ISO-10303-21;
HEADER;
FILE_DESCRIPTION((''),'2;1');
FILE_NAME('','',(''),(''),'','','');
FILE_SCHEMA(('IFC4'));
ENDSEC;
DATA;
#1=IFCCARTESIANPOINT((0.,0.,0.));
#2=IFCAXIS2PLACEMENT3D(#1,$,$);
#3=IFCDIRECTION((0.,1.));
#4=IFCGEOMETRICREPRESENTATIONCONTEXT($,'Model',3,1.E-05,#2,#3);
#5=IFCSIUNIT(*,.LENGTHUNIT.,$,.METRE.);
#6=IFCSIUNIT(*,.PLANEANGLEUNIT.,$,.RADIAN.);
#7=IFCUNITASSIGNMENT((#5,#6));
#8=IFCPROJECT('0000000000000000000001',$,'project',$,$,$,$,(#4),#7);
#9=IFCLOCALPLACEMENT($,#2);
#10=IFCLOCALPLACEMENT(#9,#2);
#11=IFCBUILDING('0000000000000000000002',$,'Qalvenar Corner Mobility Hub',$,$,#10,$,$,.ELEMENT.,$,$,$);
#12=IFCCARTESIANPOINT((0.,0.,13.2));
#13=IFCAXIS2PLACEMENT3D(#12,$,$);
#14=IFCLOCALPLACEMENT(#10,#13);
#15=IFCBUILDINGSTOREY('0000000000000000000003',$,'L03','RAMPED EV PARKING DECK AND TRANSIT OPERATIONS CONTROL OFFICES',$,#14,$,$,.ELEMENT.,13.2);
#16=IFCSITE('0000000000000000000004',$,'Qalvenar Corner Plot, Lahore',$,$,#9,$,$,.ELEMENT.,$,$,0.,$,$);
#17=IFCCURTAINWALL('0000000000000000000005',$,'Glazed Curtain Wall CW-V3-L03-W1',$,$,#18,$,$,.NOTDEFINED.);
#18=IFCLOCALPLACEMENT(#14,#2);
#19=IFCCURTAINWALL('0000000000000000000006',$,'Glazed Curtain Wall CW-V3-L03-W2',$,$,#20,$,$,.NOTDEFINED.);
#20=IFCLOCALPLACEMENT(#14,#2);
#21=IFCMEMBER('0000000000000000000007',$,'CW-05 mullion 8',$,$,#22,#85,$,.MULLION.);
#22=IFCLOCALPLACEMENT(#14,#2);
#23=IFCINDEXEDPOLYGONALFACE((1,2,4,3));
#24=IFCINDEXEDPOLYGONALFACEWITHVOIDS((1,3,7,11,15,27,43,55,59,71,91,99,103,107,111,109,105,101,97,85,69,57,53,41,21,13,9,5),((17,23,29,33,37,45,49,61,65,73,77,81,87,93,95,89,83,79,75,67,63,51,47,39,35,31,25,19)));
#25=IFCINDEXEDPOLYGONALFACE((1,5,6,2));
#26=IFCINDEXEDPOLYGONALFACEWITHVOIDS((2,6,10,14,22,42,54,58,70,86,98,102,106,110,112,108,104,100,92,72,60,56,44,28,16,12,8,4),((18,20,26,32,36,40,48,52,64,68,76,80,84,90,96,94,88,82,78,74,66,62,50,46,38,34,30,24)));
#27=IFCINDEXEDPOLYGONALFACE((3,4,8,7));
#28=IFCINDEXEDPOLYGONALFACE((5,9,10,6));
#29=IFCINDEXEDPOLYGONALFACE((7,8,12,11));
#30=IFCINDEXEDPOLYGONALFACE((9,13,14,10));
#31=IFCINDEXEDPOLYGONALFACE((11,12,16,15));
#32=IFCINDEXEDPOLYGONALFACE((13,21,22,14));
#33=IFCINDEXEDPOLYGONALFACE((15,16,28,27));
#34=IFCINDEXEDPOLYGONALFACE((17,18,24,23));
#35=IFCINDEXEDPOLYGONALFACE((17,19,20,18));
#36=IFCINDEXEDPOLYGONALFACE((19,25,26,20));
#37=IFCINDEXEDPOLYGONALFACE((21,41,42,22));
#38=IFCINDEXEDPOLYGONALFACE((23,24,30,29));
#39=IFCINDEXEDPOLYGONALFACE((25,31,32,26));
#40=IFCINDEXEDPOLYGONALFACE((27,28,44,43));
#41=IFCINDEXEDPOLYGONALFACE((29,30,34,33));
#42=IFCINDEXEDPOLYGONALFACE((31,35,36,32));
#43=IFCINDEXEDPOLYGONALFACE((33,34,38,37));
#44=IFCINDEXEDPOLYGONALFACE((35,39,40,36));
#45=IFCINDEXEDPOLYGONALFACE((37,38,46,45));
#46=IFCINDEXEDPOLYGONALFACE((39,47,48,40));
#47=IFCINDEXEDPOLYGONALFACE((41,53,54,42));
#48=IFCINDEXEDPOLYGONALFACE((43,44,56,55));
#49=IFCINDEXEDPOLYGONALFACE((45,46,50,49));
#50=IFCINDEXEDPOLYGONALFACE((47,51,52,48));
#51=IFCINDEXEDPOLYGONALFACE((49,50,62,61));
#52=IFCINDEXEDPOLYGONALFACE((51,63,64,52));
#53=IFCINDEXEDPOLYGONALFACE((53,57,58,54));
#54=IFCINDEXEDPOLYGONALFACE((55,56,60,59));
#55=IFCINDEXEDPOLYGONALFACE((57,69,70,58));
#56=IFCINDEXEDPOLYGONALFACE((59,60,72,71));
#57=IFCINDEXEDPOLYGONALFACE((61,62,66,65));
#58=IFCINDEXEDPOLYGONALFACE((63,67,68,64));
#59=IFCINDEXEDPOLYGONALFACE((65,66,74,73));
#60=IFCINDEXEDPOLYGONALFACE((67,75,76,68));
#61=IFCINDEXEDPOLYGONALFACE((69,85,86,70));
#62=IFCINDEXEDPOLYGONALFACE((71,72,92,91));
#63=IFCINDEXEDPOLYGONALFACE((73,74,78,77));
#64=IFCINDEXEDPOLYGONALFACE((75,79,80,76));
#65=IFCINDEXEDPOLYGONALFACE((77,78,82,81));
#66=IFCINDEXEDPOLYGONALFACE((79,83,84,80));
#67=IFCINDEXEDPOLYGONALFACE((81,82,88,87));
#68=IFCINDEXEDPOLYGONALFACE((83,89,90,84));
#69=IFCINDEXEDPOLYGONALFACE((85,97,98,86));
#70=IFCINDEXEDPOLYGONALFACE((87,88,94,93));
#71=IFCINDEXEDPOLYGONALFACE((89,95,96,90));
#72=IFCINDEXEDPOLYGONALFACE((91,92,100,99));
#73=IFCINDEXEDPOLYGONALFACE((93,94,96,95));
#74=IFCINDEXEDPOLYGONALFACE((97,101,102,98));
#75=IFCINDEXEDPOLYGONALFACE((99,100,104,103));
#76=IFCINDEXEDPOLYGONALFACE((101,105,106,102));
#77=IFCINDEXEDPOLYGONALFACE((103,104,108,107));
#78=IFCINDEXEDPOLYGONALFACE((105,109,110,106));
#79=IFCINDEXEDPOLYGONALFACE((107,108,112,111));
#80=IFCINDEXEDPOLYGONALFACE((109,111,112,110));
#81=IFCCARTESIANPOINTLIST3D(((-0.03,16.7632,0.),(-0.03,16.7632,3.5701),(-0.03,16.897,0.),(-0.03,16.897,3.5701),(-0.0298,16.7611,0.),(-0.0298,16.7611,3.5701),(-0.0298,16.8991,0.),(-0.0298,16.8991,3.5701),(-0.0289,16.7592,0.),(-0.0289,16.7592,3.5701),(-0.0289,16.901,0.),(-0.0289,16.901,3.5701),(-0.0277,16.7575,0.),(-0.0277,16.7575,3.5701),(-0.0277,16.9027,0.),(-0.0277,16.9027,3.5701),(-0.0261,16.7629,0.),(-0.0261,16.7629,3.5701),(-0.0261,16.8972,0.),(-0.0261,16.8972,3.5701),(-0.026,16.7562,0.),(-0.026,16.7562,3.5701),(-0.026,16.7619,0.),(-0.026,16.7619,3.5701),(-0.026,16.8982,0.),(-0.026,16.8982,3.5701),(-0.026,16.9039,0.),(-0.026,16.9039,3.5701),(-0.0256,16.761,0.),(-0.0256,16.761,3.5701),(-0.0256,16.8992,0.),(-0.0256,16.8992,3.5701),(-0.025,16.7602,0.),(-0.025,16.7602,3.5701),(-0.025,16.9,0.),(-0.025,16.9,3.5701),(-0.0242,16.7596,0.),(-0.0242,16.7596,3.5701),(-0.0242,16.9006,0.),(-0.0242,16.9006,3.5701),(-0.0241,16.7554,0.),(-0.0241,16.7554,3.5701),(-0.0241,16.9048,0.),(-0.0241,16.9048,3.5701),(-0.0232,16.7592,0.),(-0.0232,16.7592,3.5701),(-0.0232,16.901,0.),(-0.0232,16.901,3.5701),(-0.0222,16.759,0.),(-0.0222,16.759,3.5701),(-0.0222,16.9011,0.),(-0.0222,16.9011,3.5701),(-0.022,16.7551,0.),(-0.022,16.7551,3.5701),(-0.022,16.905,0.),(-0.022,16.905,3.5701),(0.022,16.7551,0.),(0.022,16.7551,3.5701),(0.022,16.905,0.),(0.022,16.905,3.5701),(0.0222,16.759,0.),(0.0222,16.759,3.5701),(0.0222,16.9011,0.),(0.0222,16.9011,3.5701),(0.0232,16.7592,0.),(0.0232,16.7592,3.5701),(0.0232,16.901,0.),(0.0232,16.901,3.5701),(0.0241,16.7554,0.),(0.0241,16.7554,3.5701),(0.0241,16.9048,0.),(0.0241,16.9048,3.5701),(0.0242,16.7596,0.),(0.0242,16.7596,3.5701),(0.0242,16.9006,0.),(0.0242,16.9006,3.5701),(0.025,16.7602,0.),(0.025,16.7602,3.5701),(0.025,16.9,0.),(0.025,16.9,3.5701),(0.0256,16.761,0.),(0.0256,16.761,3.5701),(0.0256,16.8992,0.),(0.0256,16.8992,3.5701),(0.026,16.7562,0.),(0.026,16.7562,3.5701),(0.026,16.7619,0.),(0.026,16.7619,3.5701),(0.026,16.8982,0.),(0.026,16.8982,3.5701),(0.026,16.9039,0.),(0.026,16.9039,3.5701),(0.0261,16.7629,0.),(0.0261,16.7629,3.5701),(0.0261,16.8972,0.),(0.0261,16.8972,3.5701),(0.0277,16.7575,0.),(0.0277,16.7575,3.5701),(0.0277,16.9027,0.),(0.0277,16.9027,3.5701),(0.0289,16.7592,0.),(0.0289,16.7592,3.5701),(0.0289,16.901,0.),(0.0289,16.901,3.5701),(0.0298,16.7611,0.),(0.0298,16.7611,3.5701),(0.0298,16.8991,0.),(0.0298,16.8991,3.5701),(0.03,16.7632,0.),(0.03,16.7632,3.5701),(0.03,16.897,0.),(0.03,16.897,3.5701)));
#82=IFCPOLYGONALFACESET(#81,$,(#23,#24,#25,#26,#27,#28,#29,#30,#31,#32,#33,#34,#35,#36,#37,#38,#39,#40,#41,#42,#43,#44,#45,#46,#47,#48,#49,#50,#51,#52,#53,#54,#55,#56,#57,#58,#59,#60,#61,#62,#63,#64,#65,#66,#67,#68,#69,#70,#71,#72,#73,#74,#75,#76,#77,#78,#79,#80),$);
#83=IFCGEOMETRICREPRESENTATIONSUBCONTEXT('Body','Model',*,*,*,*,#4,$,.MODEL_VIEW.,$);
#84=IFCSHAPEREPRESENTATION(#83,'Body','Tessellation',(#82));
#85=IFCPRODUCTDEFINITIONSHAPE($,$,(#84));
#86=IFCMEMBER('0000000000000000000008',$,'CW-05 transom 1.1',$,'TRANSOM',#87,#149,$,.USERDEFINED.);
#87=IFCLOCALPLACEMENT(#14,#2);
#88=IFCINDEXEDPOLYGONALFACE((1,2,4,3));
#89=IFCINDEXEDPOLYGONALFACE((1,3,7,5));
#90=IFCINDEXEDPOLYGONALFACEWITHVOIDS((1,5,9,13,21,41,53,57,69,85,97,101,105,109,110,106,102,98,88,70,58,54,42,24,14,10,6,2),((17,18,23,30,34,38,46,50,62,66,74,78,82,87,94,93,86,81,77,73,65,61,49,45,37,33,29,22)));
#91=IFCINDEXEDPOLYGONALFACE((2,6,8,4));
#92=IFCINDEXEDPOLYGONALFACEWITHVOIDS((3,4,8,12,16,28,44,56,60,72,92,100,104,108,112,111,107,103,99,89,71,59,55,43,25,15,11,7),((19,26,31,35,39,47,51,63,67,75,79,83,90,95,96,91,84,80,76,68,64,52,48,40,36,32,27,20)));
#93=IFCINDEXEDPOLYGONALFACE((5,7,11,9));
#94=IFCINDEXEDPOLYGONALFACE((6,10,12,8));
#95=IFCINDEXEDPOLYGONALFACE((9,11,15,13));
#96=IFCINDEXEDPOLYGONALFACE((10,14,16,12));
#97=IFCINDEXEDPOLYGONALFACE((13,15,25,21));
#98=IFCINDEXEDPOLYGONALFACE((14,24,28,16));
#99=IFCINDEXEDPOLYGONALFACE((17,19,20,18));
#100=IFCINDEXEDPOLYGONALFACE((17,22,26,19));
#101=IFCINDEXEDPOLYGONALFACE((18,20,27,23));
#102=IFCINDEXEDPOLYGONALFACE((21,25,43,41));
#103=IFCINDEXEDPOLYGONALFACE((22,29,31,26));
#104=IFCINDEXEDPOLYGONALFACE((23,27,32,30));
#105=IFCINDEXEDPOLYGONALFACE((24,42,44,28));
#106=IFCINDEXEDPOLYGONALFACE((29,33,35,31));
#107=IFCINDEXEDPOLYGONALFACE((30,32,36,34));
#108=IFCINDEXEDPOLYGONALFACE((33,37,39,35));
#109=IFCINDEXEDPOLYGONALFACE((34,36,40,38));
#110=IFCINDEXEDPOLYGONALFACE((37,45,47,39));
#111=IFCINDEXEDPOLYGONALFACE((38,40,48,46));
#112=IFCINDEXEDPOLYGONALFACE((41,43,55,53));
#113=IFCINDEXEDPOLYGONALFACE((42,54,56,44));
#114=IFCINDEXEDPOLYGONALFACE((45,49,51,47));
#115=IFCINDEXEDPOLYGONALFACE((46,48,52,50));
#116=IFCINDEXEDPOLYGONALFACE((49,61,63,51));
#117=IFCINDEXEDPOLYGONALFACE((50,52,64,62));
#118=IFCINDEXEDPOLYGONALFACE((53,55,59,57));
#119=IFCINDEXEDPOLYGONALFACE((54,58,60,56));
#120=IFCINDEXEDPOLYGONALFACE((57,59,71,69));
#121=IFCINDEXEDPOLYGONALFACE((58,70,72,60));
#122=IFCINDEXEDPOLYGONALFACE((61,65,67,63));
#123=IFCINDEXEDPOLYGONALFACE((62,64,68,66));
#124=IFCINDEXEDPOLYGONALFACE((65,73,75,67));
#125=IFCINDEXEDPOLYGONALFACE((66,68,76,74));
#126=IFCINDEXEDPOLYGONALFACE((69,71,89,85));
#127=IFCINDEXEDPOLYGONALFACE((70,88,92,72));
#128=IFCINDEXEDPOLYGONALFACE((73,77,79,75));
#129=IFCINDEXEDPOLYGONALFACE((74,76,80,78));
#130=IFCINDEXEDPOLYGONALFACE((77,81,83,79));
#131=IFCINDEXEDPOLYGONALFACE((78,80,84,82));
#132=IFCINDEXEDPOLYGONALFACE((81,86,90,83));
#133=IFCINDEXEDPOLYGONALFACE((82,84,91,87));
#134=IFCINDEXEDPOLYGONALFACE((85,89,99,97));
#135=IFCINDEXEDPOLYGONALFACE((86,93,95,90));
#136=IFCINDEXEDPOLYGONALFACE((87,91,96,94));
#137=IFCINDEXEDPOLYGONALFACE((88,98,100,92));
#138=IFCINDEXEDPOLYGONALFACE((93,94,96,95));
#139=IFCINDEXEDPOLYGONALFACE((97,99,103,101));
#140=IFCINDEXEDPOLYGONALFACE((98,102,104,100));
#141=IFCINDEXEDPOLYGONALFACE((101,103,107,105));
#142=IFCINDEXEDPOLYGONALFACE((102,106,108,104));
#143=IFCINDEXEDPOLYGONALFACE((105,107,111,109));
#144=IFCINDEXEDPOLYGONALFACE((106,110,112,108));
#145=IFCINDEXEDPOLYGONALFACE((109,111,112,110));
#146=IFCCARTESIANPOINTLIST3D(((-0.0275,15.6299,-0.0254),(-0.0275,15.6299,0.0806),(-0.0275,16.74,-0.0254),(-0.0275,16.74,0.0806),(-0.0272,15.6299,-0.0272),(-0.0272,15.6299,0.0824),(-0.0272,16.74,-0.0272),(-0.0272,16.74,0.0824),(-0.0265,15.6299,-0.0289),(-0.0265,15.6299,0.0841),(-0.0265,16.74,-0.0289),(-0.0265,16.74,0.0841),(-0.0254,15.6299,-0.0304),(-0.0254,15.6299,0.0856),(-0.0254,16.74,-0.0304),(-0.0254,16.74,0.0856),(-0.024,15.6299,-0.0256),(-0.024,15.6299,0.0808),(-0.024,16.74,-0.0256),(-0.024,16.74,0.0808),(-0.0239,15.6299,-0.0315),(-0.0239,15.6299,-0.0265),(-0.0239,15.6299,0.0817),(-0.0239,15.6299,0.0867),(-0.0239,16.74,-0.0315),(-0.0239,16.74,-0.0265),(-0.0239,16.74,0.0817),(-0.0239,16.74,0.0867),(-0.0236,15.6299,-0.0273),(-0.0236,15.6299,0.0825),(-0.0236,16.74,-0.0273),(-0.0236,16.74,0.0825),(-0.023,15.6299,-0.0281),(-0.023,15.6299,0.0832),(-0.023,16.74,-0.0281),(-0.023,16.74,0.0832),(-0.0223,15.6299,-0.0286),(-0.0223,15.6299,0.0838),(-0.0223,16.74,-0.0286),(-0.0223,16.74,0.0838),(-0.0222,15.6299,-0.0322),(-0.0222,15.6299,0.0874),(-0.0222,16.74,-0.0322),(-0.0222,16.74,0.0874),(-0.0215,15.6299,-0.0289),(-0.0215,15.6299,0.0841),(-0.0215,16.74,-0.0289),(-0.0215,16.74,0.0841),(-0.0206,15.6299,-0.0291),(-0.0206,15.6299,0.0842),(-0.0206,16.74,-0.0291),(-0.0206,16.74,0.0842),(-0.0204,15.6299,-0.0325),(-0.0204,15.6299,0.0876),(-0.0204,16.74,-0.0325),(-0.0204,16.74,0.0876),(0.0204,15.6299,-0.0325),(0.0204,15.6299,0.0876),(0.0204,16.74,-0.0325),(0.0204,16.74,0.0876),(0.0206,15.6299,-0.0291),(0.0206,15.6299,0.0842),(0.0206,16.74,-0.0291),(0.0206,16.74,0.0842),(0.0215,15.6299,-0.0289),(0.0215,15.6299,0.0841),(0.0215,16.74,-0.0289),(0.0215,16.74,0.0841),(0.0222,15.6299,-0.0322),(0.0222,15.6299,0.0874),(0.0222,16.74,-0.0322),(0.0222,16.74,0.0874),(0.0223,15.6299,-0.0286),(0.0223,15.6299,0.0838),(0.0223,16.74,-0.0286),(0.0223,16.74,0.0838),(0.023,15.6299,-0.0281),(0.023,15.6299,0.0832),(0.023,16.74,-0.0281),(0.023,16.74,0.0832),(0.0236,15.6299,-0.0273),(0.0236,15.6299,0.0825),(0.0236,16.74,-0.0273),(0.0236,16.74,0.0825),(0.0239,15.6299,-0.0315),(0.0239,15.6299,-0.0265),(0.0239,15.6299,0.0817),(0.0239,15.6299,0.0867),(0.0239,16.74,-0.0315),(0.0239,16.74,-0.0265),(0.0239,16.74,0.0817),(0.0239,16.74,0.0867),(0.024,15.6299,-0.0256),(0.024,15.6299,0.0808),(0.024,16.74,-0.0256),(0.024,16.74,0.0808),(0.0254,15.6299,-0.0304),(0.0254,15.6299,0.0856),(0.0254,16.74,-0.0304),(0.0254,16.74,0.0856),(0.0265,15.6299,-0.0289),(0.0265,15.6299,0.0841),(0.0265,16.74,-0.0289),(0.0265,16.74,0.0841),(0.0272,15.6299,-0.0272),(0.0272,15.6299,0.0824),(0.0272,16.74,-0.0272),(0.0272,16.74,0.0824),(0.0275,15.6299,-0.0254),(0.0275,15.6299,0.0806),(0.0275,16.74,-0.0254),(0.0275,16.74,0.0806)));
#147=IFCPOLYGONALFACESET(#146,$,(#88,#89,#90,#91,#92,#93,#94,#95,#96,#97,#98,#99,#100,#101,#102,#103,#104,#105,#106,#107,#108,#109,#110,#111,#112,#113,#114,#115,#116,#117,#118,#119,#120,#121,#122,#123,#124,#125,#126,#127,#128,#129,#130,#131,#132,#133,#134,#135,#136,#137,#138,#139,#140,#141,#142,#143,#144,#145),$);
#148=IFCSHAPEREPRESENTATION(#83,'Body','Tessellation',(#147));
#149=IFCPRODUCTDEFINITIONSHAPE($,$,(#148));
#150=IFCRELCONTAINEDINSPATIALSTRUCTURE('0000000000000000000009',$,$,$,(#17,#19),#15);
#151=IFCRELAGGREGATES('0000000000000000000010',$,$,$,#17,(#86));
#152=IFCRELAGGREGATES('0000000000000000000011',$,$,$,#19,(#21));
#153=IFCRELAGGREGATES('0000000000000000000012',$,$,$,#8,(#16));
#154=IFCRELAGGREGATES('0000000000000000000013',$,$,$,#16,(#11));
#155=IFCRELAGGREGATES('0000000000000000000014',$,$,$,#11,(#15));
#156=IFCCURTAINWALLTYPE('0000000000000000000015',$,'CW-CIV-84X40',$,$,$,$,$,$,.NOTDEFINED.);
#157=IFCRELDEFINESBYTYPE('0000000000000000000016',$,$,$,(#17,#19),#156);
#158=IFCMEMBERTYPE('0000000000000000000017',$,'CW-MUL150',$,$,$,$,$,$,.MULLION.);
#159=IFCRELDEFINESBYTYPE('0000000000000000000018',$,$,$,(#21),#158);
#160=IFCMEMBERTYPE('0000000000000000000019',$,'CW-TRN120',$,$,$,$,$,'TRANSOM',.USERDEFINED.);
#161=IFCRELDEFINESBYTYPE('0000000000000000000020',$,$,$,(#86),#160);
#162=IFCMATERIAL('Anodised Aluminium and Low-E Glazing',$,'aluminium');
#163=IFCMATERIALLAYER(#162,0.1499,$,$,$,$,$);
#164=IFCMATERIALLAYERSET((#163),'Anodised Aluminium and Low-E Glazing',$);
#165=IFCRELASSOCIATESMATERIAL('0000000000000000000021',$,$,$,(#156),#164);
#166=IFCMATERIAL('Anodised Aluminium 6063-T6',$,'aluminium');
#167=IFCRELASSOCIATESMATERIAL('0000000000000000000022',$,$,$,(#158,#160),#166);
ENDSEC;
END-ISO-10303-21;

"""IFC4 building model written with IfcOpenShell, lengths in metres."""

from ifc_helpers import new_model, si_unit, direction, frame, origin, origin_2d, place, context, subcontext, project, spatial, hollow_rectangle, extrude, material, layer, layer_set, material_profile, profile_set, type_object, element, aggregate, save


model = new_model("IFC4")

# Units and contexts
model_context = context("Model", 3, precision=1e-05, world=origin(), true_north=direction((0.0, 1.0)))
body_context = subcontext(model_context, "Body", "Model", "MODEL_VIEW")
ifc_project = project(units=[si_unit("LENGTHUNIT", "METRE"), si_unit("PLANEANGLEUNIT", "RADIAN")], contexts=[model_context])

# Site, building, storey
site_placement = place(None, origin())
site = spatial("IfcSite", under=ifc_project, at=site_placement, Name="Qalvenar Corner Plot, Lahore", CompositionType="ELEMENT", RefElevation=0.0)
building_placement = place(site_placement, origin())
building = spatial("IfcBuilding", under=site, at=building_placement, Name="Qalvenar Corner Mobility Hub", CompositionType="ELEMENT")
storey_placement = place(building_placement, frame((0.0, 0.0, 13.2)))
storey = spatial("IfcBuildingStorey", under=building, at=storey_placement, Name="L03", Description="RAMPED EV PARKING DECK AND TRANSIT OPERATIONS CONTROL OFFICES", CompositionType="ELEMENT", Elevation=13.2)

# Curtain walls, member
ifc_material_1 = material(Name="Anodised Aluminium and Low-E Glazing", Category="aluminium")
ifc_layer_1 = layer(ifc_material_1, 0.1499)
ifc_layer_set_1 = layer_set([ifc_layer_1], Name="Anodised Aluminium and Low-E Glazing")
curtain_wall_type = type_object("IfcCurtainWallType", Name="CW-CIV-84X40", PredefinedType="NOTDEFINED", material=ifc_layer_set_1)
curtain_wall_1_placement = place(storey_placement, origin())
curtain_wall_1 = element("IfcCurtainWall", 1, at=curtain_wall_1_placement, inside=storey, type_object=curtain_wall_type, Name="Glazed Curtain Wall CW-V3-L03-W1", PredefinedType="NOTDEFINED")
ifc_material_2 = material(Name="Anodised Aluminium 6063-T6", Category="aluminium")
ifc_material_profile_1 = material_profile(ifc_material_2, hollow_rectangle(XDim=0.0601, YDim=0.1499, WallThickness=0.0039, InnerFilletRadius=0.0039, OuterFilletRadius=0.0081, at=origin_2d()), Name="RHS150x60x4")
ifc_profile_set_1 = profile_set([ifc_material_profile_1], Name="Anodised Aluminium 6063-T6")
member_type_1 = type_object("IfcMemberType", Name="CW-MUL150", PredefinedType="MULLION", material=ifc_profile_set_1)
curtain_wall_2_placement = place(storey_placement, origin())
curtain_wall_2 = element("IfcCurtainWall", 2, at=curtain_wall_2_placement, inside=storey, type_object=curtain_wall_type, Name="Glazed Curtain Wall CW-V3-L03-W2", PredefinedType="NOTDEFINED")
member_1_placement = place(storey_placement, frame((0.0, 16.8301, 0.0), z_axis=(0.0, 0.0, 1.0), x_axis=(1.0, 0.0, 0.0)))
member_1 = element("IfcMember", 3, at=member_1_placement, type_object=member_type_1, Name="CW-05 mullion 8", PredefinedType="MULLION", context=body_context, shape_type="SweptSolid", body=[
    extrude(hollow_rectangle(XDim=0.0601, YDim=0.1499, WallThickness=0.0039, InnerFilletRadius=0.0039, OuterFilletRadius=0.0081, at=origin_2d()), origin(), (0.0, 0.0, 1.0), 3.5701),
])

# Member
ifc_material_profile_2 = material_profile(ifc_material_2, hollow_rectangle(XDim=0.0549, YDim=0.1201, WallThickness=0.0034, InnerFilletRadius=0.0034, OuterFilletRadius=0.0071, at=origin_2d()), Name="RHS120x55x3.5")
ifc_profile_set_2 = profile_set([ifc_material_profile_2], Name="Anodised Aluminium 6063-T6")
member_type_2 = type_object("IfcMemberType", Name="CW-TRN120", ElementType="TRANSOM", PredefinedType="USERDEFINED", material=ifc_profile_set_2)
member_2_placement = place(storey_placement, frame((0.0, 16.74, 0.0276), z_axis=(0.0, -1.0, 0.0), x_axis=(1.0, 0.0, 0.0)))
member_2 = element("IfcMember", 4, at=member_2_placement, type_object=member_type_2, Name="CW-05 transom 1.1", ObjectType="TRANSOM", PredefinedType="USERDEFINED", context=body_context, shape_type="SweptSolid", body=[
    extrude(hollow_rectangle(XDim=0.0549, YDim=0.1201, WallThickness=0.0034, InnerFilletRadius=0.0034, OuterFilletRadius=0.0071, at=origin_2d()), origin(), (0.0, 0.0, 1.0), 1.1101),
])

aggregate(curtain_wall_1, [member_2])
aggregate(curtain_wall_2, [member_1])

save(model, "model.ifc")
